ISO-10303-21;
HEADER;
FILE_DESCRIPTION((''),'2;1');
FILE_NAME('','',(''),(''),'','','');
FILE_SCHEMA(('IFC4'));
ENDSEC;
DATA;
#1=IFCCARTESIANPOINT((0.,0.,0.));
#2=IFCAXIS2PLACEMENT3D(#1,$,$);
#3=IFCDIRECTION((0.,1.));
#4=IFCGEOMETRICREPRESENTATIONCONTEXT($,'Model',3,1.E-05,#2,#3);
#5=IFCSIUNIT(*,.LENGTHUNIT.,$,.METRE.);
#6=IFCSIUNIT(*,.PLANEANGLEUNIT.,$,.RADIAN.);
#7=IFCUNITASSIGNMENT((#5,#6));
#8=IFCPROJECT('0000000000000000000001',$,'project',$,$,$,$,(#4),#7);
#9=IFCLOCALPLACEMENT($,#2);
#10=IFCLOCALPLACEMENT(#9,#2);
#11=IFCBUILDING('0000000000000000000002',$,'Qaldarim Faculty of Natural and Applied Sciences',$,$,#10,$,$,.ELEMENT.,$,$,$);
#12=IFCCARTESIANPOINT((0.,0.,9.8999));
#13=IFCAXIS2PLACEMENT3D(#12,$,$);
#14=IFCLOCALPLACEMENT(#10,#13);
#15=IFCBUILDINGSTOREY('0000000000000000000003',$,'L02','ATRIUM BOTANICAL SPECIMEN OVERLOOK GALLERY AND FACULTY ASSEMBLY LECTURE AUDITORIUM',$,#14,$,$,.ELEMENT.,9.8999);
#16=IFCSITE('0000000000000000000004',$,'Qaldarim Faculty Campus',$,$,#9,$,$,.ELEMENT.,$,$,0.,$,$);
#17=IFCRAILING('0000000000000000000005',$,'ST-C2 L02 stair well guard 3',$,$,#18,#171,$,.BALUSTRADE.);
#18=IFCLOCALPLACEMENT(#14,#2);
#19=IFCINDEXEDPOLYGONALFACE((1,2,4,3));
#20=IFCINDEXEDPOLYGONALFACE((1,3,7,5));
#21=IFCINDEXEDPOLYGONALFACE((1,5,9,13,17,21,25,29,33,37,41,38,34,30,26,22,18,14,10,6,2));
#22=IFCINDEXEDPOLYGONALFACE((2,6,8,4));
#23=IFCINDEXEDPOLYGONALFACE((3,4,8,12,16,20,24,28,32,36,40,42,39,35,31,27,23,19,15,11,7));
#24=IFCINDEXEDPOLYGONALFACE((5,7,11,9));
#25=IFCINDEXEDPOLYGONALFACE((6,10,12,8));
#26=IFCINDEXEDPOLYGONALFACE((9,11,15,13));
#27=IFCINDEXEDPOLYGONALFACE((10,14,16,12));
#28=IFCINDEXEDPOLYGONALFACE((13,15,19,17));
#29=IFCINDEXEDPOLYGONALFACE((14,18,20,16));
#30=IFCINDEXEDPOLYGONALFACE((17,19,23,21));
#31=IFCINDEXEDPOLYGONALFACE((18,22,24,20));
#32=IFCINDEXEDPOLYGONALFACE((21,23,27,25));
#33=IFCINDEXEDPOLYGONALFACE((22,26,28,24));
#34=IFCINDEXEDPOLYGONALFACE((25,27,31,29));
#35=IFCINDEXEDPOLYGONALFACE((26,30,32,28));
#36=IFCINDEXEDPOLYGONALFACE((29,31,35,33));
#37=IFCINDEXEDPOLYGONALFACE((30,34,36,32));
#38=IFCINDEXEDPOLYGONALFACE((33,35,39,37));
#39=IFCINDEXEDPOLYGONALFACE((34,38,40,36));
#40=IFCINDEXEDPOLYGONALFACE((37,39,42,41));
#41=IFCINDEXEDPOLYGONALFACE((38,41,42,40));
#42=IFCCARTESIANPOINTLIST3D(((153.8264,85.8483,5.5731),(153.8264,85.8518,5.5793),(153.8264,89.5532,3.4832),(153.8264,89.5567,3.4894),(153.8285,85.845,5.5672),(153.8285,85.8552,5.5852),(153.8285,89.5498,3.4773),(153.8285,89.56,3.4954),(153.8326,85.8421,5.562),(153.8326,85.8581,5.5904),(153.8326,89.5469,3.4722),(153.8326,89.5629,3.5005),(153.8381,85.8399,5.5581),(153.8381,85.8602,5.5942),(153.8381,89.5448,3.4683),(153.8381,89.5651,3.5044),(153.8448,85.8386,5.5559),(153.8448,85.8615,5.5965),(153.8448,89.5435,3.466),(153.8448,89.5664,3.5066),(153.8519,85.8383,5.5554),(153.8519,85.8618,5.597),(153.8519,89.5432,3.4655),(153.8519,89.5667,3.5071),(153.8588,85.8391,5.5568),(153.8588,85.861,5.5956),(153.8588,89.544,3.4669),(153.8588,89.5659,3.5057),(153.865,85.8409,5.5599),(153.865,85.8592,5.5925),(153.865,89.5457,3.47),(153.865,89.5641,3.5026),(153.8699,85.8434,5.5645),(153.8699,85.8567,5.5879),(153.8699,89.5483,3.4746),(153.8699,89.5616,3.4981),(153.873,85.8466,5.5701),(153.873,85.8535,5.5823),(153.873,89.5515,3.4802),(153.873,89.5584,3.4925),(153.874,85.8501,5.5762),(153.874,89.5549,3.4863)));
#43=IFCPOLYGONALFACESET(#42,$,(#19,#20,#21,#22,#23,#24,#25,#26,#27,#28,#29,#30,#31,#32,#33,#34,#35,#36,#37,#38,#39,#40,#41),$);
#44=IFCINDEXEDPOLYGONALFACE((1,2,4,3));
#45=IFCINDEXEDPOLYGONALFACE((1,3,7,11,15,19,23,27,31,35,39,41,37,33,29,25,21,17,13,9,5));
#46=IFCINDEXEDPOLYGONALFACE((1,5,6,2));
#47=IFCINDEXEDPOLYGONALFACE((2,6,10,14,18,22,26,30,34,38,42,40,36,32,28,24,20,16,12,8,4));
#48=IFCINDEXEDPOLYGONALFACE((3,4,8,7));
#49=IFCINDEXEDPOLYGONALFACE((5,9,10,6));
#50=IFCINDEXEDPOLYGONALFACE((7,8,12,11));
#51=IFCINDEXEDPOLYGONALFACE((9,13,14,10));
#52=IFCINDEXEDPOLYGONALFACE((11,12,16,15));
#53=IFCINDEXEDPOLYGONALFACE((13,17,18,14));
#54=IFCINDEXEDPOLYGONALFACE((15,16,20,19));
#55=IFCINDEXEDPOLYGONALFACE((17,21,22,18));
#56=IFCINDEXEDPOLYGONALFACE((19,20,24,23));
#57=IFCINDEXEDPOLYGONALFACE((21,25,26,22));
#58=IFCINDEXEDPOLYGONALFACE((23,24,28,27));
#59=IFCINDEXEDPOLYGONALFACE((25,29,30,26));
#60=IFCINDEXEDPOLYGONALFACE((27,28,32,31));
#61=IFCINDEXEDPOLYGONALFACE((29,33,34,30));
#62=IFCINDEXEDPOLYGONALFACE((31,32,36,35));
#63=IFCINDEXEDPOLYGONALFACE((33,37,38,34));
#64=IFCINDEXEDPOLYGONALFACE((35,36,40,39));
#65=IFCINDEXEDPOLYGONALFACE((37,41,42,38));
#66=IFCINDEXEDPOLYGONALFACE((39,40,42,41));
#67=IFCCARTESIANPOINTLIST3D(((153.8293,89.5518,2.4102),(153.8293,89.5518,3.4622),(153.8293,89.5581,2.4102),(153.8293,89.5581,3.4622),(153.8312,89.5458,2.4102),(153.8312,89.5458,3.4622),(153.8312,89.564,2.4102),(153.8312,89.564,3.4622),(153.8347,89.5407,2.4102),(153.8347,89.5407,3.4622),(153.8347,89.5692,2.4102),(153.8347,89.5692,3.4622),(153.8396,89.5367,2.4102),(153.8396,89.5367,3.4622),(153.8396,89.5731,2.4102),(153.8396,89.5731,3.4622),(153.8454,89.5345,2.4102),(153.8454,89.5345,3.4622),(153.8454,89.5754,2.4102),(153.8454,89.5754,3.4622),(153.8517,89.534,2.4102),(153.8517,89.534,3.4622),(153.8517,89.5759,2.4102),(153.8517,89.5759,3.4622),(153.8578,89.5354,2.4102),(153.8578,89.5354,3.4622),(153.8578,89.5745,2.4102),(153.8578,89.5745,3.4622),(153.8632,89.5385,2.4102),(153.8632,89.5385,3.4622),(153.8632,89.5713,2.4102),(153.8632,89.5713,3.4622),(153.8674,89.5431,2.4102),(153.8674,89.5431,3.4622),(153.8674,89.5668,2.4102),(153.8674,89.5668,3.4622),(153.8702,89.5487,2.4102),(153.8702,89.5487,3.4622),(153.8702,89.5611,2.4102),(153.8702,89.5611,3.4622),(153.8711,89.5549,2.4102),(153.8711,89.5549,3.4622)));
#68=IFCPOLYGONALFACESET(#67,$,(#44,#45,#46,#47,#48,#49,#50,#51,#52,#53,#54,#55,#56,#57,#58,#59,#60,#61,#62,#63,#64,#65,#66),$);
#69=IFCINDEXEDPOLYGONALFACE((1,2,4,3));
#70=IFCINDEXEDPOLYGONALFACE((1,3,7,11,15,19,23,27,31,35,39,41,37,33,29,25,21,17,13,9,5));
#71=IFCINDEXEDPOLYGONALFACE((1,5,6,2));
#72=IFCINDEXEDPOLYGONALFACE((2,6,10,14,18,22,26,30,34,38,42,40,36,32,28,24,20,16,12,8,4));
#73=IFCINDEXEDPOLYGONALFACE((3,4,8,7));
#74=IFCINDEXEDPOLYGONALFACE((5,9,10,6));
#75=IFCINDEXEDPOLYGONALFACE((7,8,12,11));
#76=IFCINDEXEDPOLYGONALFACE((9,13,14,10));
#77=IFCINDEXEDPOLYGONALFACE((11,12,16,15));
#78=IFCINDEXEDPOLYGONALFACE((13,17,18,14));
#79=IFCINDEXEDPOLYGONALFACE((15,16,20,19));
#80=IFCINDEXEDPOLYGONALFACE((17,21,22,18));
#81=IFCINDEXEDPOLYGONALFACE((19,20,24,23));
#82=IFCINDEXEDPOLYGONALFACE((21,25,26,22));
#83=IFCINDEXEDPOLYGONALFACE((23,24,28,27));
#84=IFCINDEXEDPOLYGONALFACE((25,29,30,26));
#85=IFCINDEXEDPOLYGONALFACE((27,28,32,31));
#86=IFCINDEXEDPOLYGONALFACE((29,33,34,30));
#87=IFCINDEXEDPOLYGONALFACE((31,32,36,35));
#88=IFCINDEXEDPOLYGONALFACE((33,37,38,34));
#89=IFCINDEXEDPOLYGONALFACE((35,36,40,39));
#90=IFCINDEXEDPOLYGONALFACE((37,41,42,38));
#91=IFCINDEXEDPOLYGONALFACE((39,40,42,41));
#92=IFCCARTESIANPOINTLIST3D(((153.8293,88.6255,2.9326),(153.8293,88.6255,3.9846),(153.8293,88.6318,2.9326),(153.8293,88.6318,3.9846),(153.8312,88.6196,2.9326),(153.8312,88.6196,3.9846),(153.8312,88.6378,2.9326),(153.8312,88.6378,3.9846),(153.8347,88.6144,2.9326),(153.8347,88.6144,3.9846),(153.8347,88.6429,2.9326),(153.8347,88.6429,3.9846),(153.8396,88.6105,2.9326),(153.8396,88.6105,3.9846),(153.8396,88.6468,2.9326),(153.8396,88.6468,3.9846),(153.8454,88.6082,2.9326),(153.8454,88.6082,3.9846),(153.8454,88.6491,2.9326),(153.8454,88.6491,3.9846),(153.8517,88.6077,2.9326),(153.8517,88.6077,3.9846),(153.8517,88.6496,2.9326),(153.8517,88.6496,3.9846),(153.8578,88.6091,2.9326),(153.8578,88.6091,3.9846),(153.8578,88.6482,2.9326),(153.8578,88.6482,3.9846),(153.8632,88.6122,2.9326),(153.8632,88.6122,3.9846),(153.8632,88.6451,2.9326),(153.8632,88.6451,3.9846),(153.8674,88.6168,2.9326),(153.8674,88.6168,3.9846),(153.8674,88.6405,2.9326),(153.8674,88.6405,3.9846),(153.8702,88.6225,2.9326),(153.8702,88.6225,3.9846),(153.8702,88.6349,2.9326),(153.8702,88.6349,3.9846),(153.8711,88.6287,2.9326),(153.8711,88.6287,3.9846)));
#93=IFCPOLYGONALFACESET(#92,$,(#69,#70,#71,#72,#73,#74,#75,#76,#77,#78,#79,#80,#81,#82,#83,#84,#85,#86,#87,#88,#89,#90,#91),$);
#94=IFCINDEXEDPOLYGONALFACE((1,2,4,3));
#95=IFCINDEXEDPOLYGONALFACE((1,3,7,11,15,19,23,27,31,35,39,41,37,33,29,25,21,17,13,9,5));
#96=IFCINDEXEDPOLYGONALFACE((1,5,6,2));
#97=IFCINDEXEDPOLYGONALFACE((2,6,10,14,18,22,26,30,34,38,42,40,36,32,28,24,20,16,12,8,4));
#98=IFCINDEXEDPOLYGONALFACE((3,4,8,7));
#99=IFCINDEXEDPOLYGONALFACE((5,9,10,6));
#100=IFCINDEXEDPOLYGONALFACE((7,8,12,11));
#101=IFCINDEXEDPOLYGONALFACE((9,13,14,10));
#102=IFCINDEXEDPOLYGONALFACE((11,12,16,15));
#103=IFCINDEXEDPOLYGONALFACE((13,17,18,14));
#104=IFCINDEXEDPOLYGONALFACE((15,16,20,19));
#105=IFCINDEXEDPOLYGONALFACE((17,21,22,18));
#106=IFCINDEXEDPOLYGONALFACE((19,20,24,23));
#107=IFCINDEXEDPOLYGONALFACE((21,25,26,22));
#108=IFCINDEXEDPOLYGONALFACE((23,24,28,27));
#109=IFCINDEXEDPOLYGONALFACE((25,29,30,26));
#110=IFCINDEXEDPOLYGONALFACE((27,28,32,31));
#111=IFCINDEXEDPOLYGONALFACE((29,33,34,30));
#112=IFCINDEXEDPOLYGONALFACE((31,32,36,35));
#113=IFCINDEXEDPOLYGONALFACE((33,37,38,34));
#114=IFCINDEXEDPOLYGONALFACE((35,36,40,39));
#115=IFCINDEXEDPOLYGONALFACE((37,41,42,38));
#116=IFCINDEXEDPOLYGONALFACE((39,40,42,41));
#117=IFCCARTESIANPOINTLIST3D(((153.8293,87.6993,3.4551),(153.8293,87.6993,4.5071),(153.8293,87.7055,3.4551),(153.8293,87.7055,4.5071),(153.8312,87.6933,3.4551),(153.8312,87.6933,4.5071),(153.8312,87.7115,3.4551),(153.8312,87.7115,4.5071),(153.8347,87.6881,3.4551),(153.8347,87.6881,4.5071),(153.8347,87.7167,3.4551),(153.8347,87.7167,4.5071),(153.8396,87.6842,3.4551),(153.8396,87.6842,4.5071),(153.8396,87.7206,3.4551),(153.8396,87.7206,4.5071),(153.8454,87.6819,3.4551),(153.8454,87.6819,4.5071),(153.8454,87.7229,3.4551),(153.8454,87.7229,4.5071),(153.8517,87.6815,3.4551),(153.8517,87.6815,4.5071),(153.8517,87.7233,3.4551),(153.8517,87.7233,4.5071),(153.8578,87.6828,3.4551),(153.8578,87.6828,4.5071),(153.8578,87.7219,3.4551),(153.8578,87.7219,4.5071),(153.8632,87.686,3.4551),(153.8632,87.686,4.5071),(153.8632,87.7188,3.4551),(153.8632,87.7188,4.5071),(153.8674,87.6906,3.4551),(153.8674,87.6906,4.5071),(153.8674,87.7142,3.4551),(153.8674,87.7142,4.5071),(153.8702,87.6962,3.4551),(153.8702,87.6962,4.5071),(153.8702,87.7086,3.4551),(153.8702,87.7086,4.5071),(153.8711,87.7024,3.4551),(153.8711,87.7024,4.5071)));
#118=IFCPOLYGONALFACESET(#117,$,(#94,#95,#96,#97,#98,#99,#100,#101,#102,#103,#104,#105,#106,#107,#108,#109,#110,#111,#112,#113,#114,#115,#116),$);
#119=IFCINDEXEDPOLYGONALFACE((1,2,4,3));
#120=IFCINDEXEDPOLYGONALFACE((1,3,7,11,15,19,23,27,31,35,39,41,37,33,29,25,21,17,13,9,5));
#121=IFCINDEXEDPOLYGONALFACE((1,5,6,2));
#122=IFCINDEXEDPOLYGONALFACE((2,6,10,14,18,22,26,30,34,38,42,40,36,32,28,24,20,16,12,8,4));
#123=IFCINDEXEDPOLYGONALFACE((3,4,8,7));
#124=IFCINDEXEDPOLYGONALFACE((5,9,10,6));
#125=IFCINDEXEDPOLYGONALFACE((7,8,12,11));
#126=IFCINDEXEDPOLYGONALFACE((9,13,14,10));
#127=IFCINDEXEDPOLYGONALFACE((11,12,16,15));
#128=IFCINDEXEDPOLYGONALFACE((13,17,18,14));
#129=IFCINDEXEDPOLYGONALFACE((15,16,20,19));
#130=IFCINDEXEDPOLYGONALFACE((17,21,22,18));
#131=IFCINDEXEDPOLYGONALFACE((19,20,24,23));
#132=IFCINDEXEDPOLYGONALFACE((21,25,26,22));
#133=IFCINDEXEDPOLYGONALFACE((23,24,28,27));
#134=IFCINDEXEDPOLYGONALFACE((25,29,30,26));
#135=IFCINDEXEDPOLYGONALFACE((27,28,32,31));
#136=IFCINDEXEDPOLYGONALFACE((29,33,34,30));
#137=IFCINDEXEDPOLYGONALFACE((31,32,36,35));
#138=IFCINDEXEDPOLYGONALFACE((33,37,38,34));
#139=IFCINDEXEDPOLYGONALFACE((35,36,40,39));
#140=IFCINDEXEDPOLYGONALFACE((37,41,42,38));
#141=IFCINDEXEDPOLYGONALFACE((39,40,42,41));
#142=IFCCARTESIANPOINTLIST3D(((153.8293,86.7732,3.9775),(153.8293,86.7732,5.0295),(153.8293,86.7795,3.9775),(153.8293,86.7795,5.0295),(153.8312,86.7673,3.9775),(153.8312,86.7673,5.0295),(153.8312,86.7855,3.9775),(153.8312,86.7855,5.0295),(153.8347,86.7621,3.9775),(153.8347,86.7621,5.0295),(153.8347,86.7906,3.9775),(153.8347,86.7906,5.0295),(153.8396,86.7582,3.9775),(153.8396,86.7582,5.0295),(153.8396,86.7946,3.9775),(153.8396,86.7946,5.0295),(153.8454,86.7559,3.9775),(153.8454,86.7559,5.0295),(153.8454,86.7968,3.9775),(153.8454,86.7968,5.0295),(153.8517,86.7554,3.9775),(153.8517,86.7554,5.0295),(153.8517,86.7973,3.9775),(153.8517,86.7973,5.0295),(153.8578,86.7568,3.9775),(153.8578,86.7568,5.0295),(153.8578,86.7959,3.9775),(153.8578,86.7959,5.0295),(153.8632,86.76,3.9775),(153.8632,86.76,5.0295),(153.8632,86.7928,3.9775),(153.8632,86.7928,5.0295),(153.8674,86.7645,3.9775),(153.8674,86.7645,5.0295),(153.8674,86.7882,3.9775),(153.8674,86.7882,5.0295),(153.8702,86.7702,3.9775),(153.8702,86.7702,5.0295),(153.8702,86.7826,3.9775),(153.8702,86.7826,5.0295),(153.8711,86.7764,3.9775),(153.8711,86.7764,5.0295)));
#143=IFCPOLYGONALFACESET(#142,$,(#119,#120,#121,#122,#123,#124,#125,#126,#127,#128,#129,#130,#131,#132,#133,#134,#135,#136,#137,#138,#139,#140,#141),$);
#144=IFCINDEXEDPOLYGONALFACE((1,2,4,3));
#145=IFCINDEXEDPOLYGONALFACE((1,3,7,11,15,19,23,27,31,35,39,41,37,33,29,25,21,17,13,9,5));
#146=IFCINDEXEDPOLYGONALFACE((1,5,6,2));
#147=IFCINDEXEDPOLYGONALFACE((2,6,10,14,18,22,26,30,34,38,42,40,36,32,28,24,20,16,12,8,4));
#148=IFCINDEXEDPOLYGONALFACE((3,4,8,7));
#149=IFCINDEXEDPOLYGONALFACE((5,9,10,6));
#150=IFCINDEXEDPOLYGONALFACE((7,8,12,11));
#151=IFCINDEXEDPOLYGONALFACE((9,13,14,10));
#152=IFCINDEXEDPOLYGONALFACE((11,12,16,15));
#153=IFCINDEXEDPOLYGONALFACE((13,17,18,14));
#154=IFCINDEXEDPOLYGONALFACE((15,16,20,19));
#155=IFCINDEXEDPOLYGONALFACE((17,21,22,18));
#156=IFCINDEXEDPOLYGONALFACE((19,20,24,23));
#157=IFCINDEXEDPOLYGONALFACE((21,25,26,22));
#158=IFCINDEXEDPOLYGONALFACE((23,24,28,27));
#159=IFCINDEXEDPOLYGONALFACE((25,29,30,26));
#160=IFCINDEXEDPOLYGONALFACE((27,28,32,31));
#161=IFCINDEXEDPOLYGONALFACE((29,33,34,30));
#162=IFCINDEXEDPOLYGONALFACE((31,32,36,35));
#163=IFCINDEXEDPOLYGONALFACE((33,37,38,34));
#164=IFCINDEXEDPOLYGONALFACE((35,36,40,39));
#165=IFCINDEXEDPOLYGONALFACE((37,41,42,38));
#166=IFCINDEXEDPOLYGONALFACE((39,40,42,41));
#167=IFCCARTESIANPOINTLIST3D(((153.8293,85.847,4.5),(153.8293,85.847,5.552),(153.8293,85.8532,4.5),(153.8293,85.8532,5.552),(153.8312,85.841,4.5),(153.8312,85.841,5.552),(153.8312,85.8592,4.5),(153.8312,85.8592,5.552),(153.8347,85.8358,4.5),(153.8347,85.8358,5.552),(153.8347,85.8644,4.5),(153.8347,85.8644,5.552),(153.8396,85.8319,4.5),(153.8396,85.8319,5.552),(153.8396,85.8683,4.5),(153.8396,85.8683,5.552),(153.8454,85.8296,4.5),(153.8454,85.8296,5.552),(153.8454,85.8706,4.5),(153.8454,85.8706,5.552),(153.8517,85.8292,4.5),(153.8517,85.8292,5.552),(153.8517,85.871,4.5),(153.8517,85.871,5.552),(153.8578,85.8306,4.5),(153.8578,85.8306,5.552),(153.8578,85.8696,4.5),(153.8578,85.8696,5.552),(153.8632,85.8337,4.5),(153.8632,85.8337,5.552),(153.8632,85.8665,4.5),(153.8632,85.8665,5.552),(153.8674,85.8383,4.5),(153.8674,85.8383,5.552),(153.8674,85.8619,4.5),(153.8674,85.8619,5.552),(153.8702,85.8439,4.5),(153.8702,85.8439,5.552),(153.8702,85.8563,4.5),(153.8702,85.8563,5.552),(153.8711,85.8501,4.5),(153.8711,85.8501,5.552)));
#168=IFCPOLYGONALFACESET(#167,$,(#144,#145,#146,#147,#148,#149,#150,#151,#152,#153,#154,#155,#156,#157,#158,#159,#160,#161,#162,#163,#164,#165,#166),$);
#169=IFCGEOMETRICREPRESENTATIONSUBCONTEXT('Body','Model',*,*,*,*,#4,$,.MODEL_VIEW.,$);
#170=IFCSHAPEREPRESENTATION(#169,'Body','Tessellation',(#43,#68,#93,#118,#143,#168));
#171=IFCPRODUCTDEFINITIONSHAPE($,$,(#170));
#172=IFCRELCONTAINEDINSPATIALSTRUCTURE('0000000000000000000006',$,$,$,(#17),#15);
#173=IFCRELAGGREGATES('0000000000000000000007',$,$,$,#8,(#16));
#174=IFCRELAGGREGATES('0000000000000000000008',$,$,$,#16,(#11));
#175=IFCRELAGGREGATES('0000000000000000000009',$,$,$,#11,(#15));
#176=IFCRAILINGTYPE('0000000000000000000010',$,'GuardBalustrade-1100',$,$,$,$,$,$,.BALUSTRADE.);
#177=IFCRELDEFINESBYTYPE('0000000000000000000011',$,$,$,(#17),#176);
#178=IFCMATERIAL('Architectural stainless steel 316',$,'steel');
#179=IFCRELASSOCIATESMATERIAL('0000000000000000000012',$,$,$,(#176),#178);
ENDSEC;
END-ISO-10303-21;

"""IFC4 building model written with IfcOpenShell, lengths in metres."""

from ifc_helpers import new_model, si_unit, direction, frame, origin, origin_2d, place, context, subcontext, project, spatial, circle, extrude, material, type_object, element, save


model = new_model("IFC4")

# Units and contexts
model_context = context("Model", 3, precision=1e-05, world=origin(), true_north=direction((0.0, 1.0)))
body_context = subcontext(model_context, "Body", "Model", "MODEL_VIEW")
ifc_project = project(units=[si_unit("LENGTHUNIT", "METRE"), si_unit("PLANEANGLEUNIT", "RADIAN")], contexts=[model_context])

# Site, building, storey
site_placement = place(None, origin())
site = spatial("IfcSite", under=ifc_project, at=site_placement, Name="Qaldarim Faculty Campus", CompositionType="ELEMENT", RefElevation=0.0)
building_placement = place(site_placement, origin())
building = spatial("IfcBuilding", under=site, at=building_placement, Name="Qaldarim Faculty of Natural and Applied Sciences", CompositionType="ELEMENT")
storey_placement = place(building_placement, frame((0.0, 0.0, 9.8999)))
storey = spatial("IfcBuildingStorey", under=building, at=storey_placement, Name="L02", Description="ATRIUM BOTANICAL SPECIMEN OVERLOOK GALLERY AND FACULTY ASSEMBLY LECTURE AUDITORIUM", CompositionType="ELEMENT", Elevation=9.8999)

# Railing
ifc_material_1 = material(Name="Architectural stainless steel 316", Category="steel")
railing_type_1 = type_object("IfcRailingType", Name="GuardBalustrade-1100", PredefinedType="BALUSTRADE", material=ifc_material_1)
railing_1_placement = place(storey_placement, frame((153.8501, 89.5549, 2.4102)))
element("IfcRailing", 1, at=railing_1_placement, inside=storey, type_object=railing_type_1, Name="ST-C2 L02 stair well guard 3", PredefinedType="BALUSTRADE", context=body_context, shape_type="SweptSolid", body=[
    extrude(circle(Radius=0.0239, at=origin_2d()), frame((0.0, 0.0, 1.0762), z_axis=(0.0, -0.870985, 0.49131), x_axis=(1.0, 0.0, 0.0)), (0.0, 0.0, 1.0), 4.2537),
    extrude(circle(Radius=0.021, at=origin_2d()), origin(), (0.0, 0.0, 1.0), 1.052),
    extrude(circle(Radius=0.021, at=origin_2d()), frame((0.0, -0.9263, 0.5225)), (0.0, 0.0, 1.0), 1.052),
    extrude(circle(Radius=0.021, at=origin_2d()), frame((0.0, -1.8525, 1.0449)), (0.0, 0.0, 1.0), 1.052),
    extrude(circle(Radius=0.021, at=origin_2d()), frame((0.0, -2.7786, 1.5674)), (0.0, 0.0, 1.0), 1.052),
    extrude(circle(Radius=0.021, at=origin_2d()), frame((0.0, -3.7048, 2.0898)), (0.0, 0.0, 1.0), 1.052),
])

save(model, "model.ifc")
